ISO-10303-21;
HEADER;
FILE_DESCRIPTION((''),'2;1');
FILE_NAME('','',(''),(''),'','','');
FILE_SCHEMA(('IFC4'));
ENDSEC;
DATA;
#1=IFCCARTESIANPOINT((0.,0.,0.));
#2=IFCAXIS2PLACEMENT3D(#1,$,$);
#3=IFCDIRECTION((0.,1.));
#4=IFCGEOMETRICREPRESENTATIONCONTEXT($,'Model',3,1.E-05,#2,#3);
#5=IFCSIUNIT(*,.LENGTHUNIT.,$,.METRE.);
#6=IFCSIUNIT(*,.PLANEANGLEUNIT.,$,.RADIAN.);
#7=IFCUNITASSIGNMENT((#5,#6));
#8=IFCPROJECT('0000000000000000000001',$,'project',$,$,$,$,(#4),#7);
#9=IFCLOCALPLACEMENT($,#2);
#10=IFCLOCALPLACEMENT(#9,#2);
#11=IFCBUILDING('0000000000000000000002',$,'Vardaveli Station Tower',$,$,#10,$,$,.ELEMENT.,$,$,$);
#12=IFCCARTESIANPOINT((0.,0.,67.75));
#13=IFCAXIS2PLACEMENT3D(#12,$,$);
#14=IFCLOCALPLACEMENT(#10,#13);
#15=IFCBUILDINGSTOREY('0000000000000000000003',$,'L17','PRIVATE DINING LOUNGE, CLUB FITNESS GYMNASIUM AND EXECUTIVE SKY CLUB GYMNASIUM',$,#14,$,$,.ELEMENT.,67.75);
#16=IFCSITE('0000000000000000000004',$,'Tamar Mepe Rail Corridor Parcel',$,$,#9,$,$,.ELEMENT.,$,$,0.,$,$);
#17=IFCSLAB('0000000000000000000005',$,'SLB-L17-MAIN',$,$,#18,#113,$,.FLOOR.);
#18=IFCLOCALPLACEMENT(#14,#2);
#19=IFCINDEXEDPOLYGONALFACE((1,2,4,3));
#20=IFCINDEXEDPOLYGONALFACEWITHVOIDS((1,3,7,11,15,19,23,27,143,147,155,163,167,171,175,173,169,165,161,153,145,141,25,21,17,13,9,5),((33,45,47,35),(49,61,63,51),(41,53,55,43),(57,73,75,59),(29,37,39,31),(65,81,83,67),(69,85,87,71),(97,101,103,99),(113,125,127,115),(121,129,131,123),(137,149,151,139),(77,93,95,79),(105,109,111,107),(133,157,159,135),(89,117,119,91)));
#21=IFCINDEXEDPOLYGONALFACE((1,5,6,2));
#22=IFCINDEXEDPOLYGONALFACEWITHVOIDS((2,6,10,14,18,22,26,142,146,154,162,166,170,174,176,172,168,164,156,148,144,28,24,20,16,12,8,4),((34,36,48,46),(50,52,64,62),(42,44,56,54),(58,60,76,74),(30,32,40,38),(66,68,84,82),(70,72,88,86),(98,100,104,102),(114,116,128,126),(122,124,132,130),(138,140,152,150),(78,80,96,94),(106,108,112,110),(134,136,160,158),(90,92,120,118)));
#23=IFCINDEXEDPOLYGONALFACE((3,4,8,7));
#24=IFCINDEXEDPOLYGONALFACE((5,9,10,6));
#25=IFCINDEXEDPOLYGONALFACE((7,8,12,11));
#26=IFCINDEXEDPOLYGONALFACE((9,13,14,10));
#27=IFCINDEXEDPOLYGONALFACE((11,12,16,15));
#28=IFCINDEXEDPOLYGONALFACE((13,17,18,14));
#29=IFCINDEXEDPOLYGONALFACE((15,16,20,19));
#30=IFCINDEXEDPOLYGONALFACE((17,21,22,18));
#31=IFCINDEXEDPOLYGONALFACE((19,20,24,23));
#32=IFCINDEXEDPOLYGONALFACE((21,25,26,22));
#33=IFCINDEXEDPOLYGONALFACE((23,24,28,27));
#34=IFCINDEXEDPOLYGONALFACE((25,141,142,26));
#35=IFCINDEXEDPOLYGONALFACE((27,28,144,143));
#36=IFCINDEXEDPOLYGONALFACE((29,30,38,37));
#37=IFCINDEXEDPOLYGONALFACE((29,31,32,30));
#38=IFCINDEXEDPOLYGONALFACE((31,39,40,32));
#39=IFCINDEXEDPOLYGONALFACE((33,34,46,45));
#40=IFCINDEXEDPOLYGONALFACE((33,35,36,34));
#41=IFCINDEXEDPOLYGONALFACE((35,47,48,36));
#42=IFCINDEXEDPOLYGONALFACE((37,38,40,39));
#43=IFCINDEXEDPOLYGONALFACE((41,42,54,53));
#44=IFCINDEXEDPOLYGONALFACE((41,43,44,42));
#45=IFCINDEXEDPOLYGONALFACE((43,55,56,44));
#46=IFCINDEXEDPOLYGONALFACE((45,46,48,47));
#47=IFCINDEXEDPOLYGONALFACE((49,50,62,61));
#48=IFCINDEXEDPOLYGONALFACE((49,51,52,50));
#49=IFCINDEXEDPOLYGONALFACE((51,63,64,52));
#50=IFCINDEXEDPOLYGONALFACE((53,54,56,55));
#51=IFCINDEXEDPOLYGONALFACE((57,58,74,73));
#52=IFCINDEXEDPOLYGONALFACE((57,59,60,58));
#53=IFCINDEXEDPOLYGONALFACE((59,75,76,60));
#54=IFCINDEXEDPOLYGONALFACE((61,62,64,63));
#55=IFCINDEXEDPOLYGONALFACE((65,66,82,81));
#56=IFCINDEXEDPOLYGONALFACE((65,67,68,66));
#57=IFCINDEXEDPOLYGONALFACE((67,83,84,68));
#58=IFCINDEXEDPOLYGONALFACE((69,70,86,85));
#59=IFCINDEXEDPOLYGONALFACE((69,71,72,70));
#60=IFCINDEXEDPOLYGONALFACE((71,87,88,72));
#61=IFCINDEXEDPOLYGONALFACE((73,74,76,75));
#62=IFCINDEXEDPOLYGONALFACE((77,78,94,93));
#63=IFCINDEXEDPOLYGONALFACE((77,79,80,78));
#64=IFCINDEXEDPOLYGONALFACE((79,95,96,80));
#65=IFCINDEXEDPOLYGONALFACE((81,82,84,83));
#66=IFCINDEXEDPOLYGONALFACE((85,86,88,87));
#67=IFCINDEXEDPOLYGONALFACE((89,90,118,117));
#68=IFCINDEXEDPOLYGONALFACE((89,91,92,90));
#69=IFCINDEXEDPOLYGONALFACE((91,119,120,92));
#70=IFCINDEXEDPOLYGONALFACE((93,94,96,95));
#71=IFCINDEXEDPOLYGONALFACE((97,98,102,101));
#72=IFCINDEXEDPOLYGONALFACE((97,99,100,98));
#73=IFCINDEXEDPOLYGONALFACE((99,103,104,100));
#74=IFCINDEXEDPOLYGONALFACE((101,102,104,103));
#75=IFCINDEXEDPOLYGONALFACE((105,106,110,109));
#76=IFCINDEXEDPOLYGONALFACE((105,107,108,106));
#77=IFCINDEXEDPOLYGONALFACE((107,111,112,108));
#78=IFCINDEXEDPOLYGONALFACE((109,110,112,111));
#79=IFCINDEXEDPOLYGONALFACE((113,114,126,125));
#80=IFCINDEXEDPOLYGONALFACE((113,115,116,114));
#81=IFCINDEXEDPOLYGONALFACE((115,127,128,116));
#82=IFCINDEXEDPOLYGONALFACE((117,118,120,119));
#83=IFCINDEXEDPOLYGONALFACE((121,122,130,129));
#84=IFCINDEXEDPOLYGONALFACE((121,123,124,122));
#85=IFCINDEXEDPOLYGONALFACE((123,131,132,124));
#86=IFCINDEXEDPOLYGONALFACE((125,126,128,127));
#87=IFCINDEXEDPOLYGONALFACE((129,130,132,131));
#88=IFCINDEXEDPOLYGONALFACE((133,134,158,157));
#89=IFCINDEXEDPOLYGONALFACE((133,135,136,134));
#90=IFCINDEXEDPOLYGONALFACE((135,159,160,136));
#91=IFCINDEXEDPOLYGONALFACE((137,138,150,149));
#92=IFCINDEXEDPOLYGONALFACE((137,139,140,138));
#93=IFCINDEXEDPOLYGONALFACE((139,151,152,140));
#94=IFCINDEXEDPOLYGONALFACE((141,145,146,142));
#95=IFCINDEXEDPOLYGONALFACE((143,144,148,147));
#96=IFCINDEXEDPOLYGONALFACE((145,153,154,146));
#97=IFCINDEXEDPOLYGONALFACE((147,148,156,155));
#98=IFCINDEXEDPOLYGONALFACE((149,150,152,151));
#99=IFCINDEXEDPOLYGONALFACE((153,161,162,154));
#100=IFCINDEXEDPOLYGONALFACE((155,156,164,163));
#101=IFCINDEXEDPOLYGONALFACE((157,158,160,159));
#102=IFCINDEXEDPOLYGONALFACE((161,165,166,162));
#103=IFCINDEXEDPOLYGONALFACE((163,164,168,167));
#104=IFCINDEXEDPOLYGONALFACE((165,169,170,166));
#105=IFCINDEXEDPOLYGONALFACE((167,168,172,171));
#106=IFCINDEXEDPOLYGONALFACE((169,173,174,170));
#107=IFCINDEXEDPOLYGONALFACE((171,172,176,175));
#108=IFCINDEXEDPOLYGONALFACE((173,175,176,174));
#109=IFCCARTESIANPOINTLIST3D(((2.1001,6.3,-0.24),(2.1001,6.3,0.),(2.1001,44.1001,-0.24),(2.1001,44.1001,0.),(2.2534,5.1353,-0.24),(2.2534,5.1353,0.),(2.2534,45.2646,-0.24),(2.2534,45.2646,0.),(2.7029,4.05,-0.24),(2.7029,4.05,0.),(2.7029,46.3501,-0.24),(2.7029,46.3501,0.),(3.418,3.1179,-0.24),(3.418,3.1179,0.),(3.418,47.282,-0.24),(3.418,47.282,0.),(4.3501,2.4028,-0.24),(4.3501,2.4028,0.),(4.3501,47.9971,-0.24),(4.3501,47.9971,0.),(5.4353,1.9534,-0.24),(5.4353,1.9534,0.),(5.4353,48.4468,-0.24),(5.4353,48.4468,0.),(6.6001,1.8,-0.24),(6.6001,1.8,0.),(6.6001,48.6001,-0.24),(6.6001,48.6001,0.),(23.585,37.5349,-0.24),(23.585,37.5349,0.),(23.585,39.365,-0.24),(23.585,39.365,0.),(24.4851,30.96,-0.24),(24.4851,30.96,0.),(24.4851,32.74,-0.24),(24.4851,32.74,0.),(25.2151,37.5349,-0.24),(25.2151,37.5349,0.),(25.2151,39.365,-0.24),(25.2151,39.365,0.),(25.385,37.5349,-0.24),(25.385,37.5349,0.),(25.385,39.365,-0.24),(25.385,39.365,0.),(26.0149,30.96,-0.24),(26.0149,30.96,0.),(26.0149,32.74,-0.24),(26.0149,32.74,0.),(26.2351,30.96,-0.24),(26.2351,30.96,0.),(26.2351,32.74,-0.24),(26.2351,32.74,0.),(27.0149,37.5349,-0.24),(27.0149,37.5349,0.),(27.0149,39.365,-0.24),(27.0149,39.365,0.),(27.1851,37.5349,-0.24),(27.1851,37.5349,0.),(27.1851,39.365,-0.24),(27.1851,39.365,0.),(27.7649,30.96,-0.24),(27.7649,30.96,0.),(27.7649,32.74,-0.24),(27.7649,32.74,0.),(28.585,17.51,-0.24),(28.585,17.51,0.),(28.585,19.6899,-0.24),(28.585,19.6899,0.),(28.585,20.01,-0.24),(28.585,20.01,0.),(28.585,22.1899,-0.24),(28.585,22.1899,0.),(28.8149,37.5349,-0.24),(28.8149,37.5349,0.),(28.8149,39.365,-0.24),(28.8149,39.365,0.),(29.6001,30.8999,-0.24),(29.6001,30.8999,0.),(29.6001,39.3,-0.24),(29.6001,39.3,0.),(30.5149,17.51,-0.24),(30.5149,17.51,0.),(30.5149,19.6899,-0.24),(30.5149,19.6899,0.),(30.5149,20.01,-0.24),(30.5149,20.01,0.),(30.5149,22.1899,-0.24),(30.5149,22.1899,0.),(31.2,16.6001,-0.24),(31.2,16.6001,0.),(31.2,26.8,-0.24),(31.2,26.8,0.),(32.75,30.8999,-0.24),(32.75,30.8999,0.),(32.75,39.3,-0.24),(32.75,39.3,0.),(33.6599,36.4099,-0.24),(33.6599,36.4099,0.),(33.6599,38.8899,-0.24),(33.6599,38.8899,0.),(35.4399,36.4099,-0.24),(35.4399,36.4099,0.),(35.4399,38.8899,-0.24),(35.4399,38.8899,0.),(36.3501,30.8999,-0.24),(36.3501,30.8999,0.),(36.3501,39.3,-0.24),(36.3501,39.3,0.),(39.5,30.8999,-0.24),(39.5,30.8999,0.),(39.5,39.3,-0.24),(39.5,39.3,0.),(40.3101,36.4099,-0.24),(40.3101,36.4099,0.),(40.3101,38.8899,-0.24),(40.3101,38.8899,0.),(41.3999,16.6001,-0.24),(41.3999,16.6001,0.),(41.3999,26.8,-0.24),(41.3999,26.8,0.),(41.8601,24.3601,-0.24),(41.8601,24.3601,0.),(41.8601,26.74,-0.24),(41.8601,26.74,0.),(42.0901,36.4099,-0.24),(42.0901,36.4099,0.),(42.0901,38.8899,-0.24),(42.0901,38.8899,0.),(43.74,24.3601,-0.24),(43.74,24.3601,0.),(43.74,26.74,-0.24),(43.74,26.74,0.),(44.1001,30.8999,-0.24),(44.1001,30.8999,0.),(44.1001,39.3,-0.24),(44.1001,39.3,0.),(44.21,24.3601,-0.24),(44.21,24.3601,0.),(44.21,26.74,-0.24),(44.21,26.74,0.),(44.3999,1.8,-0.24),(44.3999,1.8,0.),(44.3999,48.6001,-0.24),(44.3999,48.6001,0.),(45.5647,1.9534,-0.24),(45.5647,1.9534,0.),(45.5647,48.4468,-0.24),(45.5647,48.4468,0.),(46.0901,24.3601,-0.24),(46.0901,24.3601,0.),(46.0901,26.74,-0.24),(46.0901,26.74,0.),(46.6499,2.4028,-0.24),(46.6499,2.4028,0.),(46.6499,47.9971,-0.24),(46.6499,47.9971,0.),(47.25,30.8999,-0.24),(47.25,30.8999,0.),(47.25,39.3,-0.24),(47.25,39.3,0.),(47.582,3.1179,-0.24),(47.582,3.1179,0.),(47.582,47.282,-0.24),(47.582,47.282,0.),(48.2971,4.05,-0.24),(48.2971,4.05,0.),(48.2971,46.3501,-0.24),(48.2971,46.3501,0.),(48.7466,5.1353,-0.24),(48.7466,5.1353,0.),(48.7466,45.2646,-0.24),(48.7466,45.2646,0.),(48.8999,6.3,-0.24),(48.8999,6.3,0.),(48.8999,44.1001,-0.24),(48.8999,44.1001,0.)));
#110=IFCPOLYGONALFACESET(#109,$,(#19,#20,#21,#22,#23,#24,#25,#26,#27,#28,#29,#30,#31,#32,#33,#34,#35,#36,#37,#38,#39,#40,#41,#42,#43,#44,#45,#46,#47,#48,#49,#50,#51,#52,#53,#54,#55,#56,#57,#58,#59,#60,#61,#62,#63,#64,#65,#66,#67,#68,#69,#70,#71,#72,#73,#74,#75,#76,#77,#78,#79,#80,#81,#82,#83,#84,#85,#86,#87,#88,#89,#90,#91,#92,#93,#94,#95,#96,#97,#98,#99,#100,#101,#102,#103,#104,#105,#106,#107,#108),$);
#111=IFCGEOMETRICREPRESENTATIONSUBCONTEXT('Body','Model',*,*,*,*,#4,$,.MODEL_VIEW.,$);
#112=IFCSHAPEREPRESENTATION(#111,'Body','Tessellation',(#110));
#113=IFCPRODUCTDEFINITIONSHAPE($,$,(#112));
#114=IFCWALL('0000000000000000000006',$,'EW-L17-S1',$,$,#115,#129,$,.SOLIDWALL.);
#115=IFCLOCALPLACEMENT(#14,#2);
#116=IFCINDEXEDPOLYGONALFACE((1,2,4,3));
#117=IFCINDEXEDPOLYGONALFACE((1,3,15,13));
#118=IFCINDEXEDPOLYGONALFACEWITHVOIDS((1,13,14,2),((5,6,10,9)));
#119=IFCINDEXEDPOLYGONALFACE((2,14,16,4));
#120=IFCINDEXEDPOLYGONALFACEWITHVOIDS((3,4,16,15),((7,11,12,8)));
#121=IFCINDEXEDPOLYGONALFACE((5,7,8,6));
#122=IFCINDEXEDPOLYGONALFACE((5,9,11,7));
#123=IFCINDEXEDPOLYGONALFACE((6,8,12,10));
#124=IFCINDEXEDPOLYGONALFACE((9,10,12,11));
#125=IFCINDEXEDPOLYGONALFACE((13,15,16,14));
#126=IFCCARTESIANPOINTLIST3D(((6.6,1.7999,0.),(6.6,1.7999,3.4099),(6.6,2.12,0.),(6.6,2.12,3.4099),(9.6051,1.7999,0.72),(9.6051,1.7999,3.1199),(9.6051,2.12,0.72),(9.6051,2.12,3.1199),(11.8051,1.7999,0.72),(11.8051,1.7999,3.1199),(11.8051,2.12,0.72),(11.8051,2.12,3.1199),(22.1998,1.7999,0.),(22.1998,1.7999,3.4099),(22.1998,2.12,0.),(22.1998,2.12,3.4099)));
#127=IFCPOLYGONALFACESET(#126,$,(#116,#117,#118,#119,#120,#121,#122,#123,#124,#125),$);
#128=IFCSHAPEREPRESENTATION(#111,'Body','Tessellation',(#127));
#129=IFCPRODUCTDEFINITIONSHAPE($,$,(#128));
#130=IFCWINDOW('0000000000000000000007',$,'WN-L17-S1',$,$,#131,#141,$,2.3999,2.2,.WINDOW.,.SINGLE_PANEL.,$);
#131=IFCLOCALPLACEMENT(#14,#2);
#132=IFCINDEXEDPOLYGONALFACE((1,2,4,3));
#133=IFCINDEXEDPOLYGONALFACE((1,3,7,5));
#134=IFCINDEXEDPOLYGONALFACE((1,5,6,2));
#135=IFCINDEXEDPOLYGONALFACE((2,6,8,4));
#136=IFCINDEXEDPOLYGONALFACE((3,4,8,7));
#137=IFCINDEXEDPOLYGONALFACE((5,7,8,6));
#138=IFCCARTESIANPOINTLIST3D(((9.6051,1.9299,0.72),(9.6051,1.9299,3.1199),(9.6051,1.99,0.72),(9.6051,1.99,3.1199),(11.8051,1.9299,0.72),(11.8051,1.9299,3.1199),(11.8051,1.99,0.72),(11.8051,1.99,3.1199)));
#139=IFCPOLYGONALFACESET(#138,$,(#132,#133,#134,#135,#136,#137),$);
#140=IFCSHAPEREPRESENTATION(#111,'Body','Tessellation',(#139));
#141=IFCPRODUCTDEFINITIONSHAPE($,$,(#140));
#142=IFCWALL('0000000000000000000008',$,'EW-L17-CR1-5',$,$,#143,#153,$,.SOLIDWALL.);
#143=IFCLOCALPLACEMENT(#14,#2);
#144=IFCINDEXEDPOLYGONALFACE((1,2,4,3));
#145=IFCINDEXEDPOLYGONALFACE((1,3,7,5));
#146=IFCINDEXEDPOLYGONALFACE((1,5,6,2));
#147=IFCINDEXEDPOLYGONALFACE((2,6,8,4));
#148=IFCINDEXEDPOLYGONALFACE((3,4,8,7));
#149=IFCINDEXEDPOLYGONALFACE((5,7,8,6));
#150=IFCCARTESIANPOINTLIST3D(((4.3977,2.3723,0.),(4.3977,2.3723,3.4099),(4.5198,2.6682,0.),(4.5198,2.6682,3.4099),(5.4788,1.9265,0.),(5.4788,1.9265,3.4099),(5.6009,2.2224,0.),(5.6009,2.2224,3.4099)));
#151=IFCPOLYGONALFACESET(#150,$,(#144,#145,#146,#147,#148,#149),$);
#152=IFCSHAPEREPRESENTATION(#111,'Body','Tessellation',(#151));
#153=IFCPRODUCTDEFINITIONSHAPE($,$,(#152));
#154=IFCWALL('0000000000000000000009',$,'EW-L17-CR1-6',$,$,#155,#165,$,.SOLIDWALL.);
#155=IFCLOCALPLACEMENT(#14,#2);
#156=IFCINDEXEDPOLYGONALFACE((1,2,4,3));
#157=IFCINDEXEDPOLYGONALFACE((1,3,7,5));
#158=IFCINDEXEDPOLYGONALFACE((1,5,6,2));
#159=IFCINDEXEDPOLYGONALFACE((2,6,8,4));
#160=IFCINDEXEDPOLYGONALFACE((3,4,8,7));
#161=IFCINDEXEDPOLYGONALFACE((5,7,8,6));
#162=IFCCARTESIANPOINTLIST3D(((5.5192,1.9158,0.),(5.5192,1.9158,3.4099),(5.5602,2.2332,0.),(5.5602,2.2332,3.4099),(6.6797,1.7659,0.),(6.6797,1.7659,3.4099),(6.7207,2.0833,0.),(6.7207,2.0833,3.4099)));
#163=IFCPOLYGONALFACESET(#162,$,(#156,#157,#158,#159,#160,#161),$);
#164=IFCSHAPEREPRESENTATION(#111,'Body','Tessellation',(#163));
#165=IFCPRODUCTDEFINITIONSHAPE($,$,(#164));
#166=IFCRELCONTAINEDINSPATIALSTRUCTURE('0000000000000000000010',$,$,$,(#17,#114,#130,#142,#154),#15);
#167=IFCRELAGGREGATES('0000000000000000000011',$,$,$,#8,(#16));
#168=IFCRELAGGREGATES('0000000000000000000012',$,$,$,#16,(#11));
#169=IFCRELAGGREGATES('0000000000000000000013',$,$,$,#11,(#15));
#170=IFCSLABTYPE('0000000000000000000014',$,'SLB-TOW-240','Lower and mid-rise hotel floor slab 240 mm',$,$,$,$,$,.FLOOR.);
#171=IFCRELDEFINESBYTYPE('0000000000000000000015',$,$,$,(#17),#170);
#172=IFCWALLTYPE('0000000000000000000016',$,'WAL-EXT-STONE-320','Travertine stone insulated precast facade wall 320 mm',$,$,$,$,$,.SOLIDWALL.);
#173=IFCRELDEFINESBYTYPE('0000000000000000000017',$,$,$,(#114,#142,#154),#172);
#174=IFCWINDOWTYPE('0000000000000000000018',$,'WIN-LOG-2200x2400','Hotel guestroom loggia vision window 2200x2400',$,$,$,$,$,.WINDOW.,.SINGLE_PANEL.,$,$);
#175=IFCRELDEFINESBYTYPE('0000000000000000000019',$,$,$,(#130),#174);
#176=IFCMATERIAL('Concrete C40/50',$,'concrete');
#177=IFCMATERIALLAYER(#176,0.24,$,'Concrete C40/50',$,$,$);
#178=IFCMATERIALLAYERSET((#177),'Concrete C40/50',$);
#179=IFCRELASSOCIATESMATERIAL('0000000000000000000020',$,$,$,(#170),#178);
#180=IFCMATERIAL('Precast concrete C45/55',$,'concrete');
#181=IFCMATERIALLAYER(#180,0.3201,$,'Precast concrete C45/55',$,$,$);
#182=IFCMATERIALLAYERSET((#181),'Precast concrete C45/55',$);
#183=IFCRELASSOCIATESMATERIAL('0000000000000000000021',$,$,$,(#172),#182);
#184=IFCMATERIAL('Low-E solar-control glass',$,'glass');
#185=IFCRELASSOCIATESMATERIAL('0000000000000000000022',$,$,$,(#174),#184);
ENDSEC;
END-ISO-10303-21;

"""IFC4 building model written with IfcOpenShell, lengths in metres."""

from ifc_helpers import new_model, si_unit, direction, frame, frame_2d, origin, place, context, subcontext, project, spatial, polyline, rectangle, outline, extrude, source, transform, mapped, material, layer, layer_set, type_object, element, fill, save


model = new_model("IFC4")

# Units and contexts
model_context = context("Model", 3, precision=1e-05, world=origin(), true_north=direction((0.0, 1.0)))
body_context = subcontext(model_context, "Body", "Model", "MODEL_VIEW")
ifc_project = project(units=[si_unit("LENGTHUNIT", "METRE"), si_unit("PLANEANGLEUNIT", "RADIAN")], contexts=[model_context])

# Site, building, storey
site_placement = place(None, origin())
site = spatial("IfcSite", under=ifc_project, at=site_placement, Name="Tamar Mepe Rail Corridor Parcel", CompositionType="ELEMENT", RefElevation=0.0)
building_placement = place(site_placement, origin())
building = spatial("IfcBuilding", under=site, at=building_placement, Name="Vardaveli Station Tower", CompositionType="ELEMENT")
storey_placement = place(building_placement, frame((0.0, 0.0, 67.75)))
storey = spatial("IfcBuildingStorey", under=building, at=storey_placement, Name="L17", Description="PRIVATE DINING LOUNGE, CLUB FITNESS GYMNASIUM AND EXECUTIVE SKY CLUB GYMNASIUM", CompositionType="ELEMENT", Elevation=67.75)

# Shared definitions
ifc_material_1 = material(Name="Concrete C40/50", Category="concrete")

# Slab
ifc_material_2 = material(Name="Precast concrete C45/55", Category="concrete")
ifc_layer_1 = layer(ifc_material_1, 0.24, Name="Concrete C40/50")
ifc_layer_set_1 = layer_set([ifc_layer_1], Name="Concrete C40/50")
slab_type_1 = type_object("IfcSlabType", Name="SLB-TOW-240", Description="Lower and mid-rise hotel floor slab 240 mm", PredefinedType="FLOOR", material=ifc_layer_set_1)
slab_1_placement = place(storey_placement, frame((0.0, 0.0, -0.24)))
element("IfcSlab", 1, at=slab_1_placement, inside=storey, type_object=slab_type_1, Name="SLB-L17-MAIN", PredefinedType="FLOOR", context=body_context, shape_type="SweptSolid", body=[
    extrude(outline(polyline([(2.1001, 6.3), (2.2534, 5.1353), (2.7029, 4.05), (3.418, 3.1179), (4.3501, 2.4028), (5.4353, 1.9534), (6.6001, 1.8), (44.3999, 1.8), (45.5647, 1.9534), (46.6499, 2.4028), (47.582, 3.1179), (48.2971, 4.05), (48.7466, 5.1353), (48.8999, 6.3), (48.8999, 44.1001), (48.7466, 45.2646), (48.2971, 46.3501), (47.582, 47.282), (46.6499, 47.9971), (45.5647, 48.4468), (44.3999, 48.6001), (6.6001, 48.6001), (5.4353, 48.4468), (4.3501, 47.9971), (3.418, 47.282), (2.7029, 46.3501), (2.2534, 45.2646), (2.1001, 44.1001), (2.1001, 6.3)]), holes=[polyline([(31.2, 16.6001), (41.3999, 16.6001), (41.3999, 26.8), (31.2, 26.8), (31.2, 16.6001)]), polyline([(32.75, 30.8999), (32.75, 39.3), (29.6001, 39.3), (29.6001, 30.8999), (32.75, 30.8999)]), polyline([(39.5, 30.8999), (39.5, 39.3), (36.3501, 39.3), (36.3501, 30.8999), (39.5, 30.8999)]), polyline([(47.25, 30.8999), (47.25, 39.3), (44.1001, 39.3), (44.1001, 30.8999), (47.25, 30.8999)]), polyline([(23.585, 37.5349), (25.2151, 37.5349), (25.2151, 39.365), (23.585, 39.365), (23.585, 37.5349)]), polyline([(25.385, 37.5349), (27.0149, 37.5349), (27.0149, 39.365), (25.385, 39.365), (25.385, 37.5349)]), polyline([(27.1851, 37.5349), (28.8149, 37.5349), (28.8149, 39.365), (27.1851, 39.365), (27.1851, 37.5349)]), polyline([(33.6599, 36.4099), (35.4399, 36.4099), (35.4399, 38.8899), (33.6599, 38.8899), (33.6599, 36.4099)]), polyline([(40.3101, 36.4099), (42.0901, 36.4099), (42.0901, 38.8899), (40.3101, 38.8899), (40.3101, 36.4099)]), polyline([(24.4851, 30.96), (26.0149, 30.96), (26.0149, 32.74), (24.4851, 32.74), (24.4851, 30.96)]), polyline([(26.2351, 30.96), (27.7649, 30.96), (27.7649, 32.74), (26.2351, 32.74), (26.2351, 30.96)]), polyline([(28.585, 17.51), (30.5149, 17.51), (30.5149, 19.6899), (28.585, 19.6899), (28.585, 17.51)]), polyline([(28.585, 20.01), (30.5149, 20.01), (30.5149, 22.1899), (28.585, 22.1899), (28.585, 20.01)]), polyline([(41.8601, 24.3601), (43.74, 24.3601), (43.74, 26.74), (41.8601, 26.74), (41.8601, 24.3601)]), polyline([(44.21, 24.3601), (46.0901, 24.3601), (46.0901, 26.74), (44.21, 26.74), (44.21, 24.3601)])]), origin(), (0.0, 0.0, 1.0), 0.24),
])

# Wall, opening, window
ifc_layer_2 = layer(ifc_material_2, 0.3201, Name="Precast concrete C45/55")
ifc_layer_set_2 = layer_set([ifc_layer_2], Name="Precast concrete C45/55")
wall_type = type_object("IfcWallType", Name="WAL-EXT-STONE-320", Description="Travertine stone insulated precast facade wall 320 mm", PredefinedType="SOLIDWALL", material=ifc_layer_set_2)
shared_shape_1 = source(origin(), body_context, "Body", "SweptSolid", [
    extrude(rectangle(XDim=15.5999, YDim=0.3201, at=frame_2d((7.7998, 0.0))), origin(), (0.0, 0.0, 1.0), 3.4099),
])
wall_1_placement = place(storey_placement, frame((6.6001, 1.96, 0.0), z_axis=(0.0, 0.0, 1.0), x_axis=(1.0, 0.0, 0.0)))
wall_1 = element("IfcWall", 2, at=wall_1_placement, inside=storey, type_object=wall_type, Name="EW-L17-S1", PredefinedType="SOLIDWALL", context=body_context, shape_type="MappedRepresentation", body=[
    mapped(shared_shape_1, transform((0.0, 0.0, 0.0), scale=1.0)),
])
shared_shape_2 = source(origin(), body_context, "Body", "SweptSolid", [
    extrude(rectangle(XDim=2.2, YDim=2.3999, at=frame_2d((1.1001, 1.2))), frame((0.0, 0.1699, 0.0), z_axis=(0.0, -1.0, 0.0), x_axis=(1.0, 0.0, 0.0)), (0.0, 0.0, 1.0), 0.3401),
])
opening_placement = place(wall_1_placement, frame((3.0049, 0.0, 0.72)))
opening = element("IfcOpeningElement", 3, at=opening_placement, cuts=wall_1, PredefinedType="OPENING", context=body_context, shape_type="MappedRepresentation", body=[
    mapped(shared_shape_2, transform((0.0, 0.0, 0.0), scale=1.0)),
])
ifc_material_3 = material(Name="Low-E solar-control glass", Category="glass")
window_type = type_object("IfcWindowType", Name="WIN-LOG-2200x2400", Description="Hotel guestroom loggia vision window 2200x2400", PartitioningType="SINGLE_PANEL", PredefinedType="WINDOW", material=ifc_material_3)
shared_shape_3 = source(origin(), body_context, "Body", "SweptSolid", [
    extrude(rectangle(XDim=2.2, YDim=2.3999, at=frame_2d((1.1001, 1.2))), frame((0.0, 0.03, 0.0), z_axis=(0.0, -1.0, 0.0), x_axis=(1.0, 0.0, 0.0)), (0.0, 0.0, 1.0), 0.0601),
])
window_placement = place(opening_placement, origin())
window = element("IfcWindow", 4, at=window_placement, inside=storey, type_object=window_type, Name="WN-L17-S1", OverallHeight=2.3999, OverallWidth=2.2, PartitioningType="SINGLE_PANEL", PredefinedType="WINDOW", context=body_context, shape_type="MappedRepresentation", body=[
    mapped(shared_shape_3, transform((0.0, 0.0, 0.0), scale=1.0)),
])
fill(opening, window)

# Walls
shared_shape_4 = source(origin(), body_context, "Body", "SweptSolid", [
    extrude(rectangle(XDim=1.1694, YDim=0.3201, at=frame_2d((0.5847, 0.0))), origin(), (0.0, 0.0, 1.0), 3.4099),
])
wall_2_placement = place(storey_placement, frame((4.4587, 2.5203, 0.0), z_axis=(0.0, 0.0, 1.0), x_axis=(0.924479, -0.381233, 0.0)))
element("IfcWall", 5, at=wall_2_placement, inside=storey, type_object=wall_type, Name="EW-L17-CR1-5", PredefinedType="SOLIDWALL", context=body_context, shape_type="MappedRepresentation", body=[
    mapped(shared_shape_4, transform((0.0, 0.0, 0.0), scale=1.0)),
])
shared_shape_5 = source(origin(), body_context, "Body", "SweptSolid", [
    extrude(rectangle(XDim=1.1702, YDim=0.3201, at=frame_2d((0.585, 0.0))), origin(), (0.0, 0.0, 1.0), 3.4099),
])
wall_3_placement = place(storey_placement, frame((5.5398, 2.0745, 0.0), z_axis=(0.0, 0.0, 1.0), x_axis=(0.991762, -0.12809, 0.0)))
element("IfcWall", 6, at=wall_3_placement, inside=storey, type_object=wall_type, Name="EW-L17-CR1-6", PredefinedType="SOLIDWALL", context=body_context, shape_type="MappedRepresentation", body=[
    mapped(shared_shape_5, transform((0.0, 0.0, 0.0), scale=1.0)),
])

save(model, "model.ifc")
